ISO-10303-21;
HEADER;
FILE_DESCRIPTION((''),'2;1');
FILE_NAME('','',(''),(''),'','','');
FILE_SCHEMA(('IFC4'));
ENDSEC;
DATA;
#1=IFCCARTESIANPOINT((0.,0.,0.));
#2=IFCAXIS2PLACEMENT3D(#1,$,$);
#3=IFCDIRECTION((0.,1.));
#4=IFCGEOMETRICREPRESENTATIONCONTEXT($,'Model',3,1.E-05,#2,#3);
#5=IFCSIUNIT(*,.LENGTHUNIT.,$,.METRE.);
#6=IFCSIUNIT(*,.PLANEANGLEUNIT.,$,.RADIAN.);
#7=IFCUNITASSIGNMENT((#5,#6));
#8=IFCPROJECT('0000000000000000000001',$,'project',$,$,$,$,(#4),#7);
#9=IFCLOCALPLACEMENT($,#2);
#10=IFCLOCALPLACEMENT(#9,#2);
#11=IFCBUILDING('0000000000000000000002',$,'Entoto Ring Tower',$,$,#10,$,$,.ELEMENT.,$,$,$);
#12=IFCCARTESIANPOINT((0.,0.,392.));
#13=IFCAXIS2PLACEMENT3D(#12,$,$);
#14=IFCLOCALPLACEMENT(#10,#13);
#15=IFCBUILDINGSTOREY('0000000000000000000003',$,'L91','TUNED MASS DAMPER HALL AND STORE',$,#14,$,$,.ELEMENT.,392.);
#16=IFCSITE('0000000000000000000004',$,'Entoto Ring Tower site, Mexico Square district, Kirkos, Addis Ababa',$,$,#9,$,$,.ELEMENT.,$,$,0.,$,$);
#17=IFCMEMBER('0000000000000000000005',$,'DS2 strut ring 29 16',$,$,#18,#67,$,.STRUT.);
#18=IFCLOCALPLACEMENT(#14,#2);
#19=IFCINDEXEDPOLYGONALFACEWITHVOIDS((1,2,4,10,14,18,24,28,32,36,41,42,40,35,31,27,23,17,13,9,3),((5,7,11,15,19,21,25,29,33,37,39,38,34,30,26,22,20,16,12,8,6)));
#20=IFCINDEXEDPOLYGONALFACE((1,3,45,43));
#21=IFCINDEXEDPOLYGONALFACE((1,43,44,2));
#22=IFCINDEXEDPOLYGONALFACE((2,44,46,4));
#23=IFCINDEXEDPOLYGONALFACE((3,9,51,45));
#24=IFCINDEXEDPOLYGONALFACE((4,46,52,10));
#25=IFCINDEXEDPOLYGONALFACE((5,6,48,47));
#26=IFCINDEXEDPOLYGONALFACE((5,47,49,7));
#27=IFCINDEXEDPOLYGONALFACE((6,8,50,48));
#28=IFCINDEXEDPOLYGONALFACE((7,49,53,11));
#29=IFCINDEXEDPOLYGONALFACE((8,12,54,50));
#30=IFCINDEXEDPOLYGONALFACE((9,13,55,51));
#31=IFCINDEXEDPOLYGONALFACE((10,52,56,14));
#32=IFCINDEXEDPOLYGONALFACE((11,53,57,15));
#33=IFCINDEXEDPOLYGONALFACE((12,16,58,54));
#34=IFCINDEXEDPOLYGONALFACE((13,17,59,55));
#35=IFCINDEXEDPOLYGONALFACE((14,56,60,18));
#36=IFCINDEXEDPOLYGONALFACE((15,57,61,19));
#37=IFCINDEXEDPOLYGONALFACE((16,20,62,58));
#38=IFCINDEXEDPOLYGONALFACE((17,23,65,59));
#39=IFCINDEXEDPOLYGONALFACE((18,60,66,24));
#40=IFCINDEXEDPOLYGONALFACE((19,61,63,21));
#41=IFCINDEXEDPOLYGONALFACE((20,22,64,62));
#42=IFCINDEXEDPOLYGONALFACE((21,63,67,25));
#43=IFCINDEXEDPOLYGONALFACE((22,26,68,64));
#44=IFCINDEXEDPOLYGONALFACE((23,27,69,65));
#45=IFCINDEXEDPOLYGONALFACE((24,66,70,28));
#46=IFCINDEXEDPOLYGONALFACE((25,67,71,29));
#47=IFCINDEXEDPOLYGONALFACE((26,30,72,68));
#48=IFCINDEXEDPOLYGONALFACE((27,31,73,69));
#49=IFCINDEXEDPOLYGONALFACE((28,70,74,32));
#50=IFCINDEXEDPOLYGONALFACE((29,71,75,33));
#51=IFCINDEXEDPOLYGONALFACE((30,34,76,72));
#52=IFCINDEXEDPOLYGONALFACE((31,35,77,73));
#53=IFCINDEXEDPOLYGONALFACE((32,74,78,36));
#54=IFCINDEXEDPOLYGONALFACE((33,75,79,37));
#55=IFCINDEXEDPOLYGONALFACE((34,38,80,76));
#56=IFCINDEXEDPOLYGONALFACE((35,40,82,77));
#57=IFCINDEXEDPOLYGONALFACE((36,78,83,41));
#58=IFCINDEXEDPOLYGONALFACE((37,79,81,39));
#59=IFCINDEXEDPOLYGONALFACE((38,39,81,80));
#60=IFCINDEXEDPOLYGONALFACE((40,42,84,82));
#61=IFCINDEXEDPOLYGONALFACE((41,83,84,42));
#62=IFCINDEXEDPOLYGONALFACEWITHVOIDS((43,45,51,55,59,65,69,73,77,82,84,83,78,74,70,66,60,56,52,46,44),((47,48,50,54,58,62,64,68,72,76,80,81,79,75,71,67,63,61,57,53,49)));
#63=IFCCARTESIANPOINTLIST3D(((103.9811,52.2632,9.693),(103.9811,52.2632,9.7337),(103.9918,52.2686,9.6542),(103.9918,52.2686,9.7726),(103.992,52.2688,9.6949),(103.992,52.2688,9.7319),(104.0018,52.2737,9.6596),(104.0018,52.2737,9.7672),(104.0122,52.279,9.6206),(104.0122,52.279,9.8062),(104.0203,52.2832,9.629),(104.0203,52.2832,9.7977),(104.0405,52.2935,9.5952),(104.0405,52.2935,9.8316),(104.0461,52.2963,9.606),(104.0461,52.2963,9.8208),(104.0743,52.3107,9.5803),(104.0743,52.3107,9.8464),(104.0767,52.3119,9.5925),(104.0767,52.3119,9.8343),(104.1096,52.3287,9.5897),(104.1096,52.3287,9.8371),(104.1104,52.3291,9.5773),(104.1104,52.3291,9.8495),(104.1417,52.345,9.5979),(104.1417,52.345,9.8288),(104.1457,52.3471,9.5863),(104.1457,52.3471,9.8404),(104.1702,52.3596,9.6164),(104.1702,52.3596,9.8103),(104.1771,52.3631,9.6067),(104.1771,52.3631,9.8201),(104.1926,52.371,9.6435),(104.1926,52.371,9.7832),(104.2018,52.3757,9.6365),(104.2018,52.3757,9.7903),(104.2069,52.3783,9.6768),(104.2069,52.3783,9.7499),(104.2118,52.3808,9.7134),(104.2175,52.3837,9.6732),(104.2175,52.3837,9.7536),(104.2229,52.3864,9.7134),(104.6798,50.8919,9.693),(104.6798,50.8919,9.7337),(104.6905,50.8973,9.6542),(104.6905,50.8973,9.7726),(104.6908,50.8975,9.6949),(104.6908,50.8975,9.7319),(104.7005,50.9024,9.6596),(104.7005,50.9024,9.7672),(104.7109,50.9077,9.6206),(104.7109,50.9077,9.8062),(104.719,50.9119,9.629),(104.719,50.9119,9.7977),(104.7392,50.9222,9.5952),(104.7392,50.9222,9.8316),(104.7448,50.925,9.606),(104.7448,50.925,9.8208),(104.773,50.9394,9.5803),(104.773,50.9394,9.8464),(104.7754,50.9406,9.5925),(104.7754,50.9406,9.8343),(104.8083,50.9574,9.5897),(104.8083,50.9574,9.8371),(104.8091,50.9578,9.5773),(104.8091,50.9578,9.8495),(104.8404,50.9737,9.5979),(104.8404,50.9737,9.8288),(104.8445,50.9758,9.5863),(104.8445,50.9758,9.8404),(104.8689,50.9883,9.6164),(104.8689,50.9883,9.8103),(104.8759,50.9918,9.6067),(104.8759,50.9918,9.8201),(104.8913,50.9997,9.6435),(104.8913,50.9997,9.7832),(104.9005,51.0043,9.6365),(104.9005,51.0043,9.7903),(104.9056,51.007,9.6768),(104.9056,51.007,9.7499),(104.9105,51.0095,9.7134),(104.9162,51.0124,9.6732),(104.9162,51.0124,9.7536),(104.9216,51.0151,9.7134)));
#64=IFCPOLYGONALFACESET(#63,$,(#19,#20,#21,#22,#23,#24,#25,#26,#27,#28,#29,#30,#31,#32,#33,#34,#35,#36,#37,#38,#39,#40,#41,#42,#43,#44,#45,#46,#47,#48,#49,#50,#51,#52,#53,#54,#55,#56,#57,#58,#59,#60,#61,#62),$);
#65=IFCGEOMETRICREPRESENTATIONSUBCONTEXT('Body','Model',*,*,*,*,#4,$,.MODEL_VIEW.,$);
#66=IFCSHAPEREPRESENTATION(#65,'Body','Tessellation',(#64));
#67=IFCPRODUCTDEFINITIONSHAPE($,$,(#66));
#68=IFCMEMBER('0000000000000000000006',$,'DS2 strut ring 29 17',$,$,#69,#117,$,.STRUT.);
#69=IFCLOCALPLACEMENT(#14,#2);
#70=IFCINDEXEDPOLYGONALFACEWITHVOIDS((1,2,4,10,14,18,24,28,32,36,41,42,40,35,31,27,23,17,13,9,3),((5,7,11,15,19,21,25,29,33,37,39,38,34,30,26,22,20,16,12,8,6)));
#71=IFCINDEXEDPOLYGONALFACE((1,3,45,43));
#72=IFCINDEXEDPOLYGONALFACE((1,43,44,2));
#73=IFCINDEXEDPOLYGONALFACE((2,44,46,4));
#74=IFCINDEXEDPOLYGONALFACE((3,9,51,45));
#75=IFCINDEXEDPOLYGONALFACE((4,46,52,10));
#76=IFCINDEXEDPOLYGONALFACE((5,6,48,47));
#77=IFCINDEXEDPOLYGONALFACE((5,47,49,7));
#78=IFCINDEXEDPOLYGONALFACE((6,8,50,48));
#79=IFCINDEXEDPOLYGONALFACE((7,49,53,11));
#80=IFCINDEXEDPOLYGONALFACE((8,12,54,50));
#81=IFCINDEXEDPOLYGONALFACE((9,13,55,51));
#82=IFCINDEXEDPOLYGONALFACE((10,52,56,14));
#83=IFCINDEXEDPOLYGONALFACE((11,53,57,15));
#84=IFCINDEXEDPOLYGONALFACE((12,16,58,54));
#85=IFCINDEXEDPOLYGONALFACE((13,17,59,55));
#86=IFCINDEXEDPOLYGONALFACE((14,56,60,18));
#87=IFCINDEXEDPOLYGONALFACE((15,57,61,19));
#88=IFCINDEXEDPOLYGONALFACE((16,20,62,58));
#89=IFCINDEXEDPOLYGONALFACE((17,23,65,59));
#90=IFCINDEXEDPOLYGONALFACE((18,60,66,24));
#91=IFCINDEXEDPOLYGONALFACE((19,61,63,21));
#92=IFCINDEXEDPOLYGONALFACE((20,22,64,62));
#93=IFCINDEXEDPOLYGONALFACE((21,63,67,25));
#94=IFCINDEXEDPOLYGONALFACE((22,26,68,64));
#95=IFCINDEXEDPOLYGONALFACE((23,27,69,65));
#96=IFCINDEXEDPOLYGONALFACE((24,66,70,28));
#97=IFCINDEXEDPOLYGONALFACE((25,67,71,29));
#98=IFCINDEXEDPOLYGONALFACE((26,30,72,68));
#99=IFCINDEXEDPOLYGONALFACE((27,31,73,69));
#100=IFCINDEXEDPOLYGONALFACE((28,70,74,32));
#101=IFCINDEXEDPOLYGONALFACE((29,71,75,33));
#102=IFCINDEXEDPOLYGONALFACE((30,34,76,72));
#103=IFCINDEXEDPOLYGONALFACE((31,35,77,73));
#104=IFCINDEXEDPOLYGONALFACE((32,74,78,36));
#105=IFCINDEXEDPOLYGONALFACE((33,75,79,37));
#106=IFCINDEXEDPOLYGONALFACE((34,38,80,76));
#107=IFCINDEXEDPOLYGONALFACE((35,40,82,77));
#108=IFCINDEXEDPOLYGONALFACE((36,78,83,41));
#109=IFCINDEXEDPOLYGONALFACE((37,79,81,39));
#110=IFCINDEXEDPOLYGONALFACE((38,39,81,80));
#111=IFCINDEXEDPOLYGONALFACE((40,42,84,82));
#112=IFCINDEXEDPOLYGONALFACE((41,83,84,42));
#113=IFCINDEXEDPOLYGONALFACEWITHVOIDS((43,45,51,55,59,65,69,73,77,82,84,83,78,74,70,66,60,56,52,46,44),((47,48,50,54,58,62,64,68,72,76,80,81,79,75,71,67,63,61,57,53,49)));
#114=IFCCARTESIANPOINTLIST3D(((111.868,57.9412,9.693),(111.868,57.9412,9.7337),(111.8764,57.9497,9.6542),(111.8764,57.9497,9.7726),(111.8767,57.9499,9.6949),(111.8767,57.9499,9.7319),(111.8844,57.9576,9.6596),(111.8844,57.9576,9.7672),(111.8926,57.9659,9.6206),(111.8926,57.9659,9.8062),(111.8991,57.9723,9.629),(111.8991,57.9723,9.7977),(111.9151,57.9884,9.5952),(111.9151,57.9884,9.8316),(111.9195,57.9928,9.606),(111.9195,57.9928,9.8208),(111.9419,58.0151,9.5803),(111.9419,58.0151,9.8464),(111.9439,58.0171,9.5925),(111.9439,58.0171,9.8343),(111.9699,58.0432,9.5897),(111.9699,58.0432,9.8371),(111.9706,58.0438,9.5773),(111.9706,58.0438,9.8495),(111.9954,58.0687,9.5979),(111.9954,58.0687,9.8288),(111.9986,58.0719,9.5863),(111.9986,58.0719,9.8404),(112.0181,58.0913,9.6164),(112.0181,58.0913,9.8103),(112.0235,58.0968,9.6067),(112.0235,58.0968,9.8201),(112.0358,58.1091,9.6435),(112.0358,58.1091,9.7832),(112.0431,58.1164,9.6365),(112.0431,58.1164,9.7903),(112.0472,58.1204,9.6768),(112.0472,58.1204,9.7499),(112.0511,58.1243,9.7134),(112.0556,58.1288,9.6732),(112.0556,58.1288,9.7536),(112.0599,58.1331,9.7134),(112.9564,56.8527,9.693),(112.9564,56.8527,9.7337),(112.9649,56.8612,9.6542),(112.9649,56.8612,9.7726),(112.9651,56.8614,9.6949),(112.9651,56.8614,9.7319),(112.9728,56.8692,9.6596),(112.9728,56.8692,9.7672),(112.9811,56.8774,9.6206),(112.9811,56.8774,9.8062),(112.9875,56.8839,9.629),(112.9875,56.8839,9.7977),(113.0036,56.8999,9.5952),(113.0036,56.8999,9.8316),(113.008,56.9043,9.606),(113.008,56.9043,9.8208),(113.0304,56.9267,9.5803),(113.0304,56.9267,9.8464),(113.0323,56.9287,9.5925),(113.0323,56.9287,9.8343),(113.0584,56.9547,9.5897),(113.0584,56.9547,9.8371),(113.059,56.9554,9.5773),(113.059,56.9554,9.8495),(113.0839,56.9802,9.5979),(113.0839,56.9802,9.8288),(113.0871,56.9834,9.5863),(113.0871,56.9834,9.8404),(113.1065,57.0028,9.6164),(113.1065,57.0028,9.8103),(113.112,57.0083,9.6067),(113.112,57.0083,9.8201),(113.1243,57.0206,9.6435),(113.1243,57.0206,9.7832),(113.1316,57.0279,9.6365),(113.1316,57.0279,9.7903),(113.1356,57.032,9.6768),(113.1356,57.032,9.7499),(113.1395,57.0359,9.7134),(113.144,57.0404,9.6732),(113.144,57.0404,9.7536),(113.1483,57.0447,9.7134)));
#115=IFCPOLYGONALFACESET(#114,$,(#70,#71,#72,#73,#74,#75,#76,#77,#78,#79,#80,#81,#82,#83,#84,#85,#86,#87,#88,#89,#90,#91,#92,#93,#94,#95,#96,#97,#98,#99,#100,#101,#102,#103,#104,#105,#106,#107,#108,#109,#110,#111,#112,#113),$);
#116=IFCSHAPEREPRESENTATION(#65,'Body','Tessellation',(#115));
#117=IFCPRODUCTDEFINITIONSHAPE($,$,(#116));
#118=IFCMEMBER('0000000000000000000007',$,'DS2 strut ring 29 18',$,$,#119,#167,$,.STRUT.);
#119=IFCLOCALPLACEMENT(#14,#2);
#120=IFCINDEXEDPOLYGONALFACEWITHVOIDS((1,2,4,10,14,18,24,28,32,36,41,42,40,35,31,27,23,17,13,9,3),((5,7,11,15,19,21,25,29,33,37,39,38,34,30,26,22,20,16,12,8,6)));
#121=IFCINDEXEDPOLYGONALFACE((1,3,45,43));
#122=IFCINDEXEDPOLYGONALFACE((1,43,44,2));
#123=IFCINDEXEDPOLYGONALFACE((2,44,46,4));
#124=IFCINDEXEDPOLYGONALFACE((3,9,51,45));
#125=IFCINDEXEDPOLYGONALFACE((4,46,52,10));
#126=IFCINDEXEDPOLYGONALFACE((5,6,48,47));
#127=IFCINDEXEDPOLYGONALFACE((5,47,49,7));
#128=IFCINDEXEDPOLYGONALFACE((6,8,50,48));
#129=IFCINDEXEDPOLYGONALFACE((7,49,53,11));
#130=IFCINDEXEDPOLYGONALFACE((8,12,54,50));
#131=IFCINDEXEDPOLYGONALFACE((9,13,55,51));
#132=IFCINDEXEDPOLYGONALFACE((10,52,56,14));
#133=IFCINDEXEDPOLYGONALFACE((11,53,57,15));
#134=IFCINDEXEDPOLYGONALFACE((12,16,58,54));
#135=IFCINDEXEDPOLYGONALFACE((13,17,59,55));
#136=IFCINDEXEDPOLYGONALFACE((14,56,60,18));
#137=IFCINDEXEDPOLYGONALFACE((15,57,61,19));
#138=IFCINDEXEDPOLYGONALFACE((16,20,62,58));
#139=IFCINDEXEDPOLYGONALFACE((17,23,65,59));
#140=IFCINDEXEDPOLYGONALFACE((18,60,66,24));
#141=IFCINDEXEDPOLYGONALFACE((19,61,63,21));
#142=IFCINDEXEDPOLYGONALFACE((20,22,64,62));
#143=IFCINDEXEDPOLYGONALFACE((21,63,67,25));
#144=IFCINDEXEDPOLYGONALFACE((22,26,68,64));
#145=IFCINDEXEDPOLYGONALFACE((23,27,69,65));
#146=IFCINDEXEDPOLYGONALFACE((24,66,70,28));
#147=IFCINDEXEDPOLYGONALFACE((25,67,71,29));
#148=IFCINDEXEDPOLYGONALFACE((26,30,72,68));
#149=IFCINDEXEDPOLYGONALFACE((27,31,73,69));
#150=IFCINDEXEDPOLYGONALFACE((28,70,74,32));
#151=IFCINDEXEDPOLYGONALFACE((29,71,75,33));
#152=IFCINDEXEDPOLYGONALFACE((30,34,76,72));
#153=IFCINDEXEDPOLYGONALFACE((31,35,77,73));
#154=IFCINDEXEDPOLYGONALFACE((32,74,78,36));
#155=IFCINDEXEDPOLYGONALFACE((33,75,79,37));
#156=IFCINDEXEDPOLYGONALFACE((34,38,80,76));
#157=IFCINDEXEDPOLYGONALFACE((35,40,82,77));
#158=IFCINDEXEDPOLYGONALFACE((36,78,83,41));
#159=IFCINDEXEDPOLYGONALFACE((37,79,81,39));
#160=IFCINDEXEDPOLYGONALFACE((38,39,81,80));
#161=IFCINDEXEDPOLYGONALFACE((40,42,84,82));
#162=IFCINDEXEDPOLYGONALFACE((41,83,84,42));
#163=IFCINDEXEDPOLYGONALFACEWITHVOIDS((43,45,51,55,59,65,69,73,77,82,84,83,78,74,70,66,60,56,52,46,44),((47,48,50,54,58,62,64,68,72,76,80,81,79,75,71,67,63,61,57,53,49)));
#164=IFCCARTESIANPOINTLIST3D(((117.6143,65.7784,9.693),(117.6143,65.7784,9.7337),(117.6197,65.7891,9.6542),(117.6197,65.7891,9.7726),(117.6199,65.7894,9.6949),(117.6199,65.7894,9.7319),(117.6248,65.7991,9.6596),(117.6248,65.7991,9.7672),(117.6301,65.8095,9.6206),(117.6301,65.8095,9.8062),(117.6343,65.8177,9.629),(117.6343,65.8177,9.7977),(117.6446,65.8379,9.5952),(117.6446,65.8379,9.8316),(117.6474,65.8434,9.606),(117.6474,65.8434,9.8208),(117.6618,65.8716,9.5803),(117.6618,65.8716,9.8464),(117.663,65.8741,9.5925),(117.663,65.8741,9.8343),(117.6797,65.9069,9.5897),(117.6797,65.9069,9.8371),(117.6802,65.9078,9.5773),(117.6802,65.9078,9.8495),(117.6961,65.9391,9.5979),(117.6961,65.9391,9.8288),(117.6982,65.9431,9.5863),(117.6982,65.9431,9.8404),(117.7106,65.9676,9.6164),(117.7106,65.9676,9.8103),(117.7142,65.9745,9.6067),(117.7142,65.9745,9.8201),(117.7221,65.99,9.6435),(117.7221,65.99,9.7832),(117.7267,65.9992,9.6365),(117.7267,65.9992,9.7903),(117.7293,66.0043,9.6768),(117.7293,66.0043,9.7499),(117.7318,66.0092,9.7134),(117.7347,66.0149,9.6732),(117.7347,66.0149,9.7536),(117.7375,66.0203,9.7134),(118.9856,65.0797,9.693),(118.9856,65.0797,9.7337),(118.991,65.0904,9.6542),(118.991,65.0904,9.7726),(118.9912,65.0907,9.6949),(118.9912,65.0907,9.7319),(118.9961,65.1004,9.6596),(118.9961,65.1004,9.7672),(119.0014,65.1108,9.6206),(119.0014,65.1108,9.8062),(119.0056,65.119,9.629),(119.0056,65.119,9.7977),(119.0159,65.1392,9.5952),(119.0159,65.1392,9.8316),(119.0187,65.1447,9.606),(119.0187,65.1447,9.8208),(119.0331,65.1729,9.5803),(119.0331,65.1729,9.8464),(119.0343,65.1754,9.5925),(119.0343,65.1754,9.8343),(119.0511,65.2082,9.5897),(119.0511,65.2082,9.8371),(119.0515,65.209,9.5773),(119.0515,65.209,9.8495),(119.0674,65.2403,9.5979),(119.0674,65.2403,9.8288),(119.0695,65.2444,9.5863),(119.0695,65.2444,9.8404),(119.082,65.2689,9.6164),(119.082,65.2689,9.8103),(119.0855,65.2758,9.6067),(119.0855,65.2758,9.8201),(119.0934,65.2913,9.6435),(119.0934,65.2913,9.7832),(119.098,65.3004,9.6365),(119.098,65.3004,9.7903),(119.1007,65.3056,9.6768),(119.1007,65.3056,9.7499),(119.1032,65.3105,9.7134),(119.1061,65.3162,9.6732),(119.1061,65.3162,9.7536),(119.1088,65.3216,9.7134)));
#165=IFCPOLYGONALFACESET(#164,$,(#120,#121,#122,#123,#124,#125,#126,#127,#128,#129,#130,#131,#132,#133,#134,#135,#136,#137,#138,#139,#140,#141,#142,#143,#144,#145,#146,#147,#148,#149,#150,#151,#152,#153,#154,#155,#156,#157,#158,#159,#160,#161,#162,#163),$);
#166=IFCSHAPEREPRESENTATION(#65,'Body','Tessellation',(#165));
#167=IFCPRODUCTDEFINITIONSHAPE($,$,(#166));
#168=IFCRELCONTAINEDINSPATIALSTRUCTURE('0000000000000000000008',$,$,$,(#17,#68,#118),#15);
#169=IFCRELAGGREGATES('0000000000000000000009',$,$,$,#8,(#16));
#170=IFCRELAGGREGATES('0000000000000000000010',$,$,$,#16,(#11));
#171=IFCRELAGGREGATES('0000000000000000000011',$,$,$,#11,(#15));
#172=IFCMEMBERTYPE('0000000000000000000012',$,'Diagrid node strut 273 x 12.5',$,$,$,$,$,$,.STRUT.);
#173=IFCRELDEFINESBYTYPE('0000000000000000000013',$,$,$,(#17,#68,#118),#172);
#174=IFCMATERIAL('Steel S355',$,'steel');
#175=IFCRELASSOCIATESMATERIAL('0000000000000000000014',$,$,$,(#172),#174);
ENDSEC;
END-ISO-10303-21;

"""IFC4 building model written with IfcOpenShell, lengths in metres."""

from ifc_helpers import new_model, si_unit, direction, frame, origin, origin_2d, place, context, subcontext, project, spatial, circle, hollow_circle, extrude, material, material_profile, profile_set, type_object, element, save


model = new_model("IFC4")

# Units and contexts
model_context = context("Model", 3, precision=1e-05, world=origin(), true_north=direction((0.0, 1.0)))
body_context = subcontext(model_context, "Body", "Model", "MODEL_VIEW")
ifc_project = project(units=[si_unit("LENGTHUNIT", "METRE"), si_unit("PLANEANGLEUNIT", "RADIAN")], contexts=[model_context])

# Site, building, storey
site_placement = place(None, origin())
site = spatial("IfcSite", under=ifc_project, at=site_placement, Name="Entoto Ring Tower site, Mexico Square district, Kirkos, Addis Ababa", CompositionType="ELEMENT", RefElevation=0.0)
building_placement = place(site_placement, origin())
building = spatial("IfcBuilding", under=site, at=building_placement, Name="Entoto Ring Tower", CompositionType="ELEMENT")
storey_placement = place(building_placement, frame((0.0, 0.0, 392.0)))
storey = spatial("IfcBuildingStorey", under=building, at=storey_placement, Name="L91", Description="TUNED MASS DAMPER HALL AND STORE", CompositionType="ELEMENT", Elevation=392.0)

# Members
ifc_material_1 = material(Name="Steel S355", Category="steel")
ifc_material_profile_1 = material_profile(ifc_material_1, hollow_circle(Radius=0.1365, WallThickness=0.0125, at=origin_2d()), Name="CHS 273 x 12.5")
ifc_material_2 = material(Name="Concrete C60/75", Category="concrete")
ifc_material_profile_2 = material_profile(ifc_material_2, circle(Radius=0.124, at=origin_2d()), Name="Concrete C60/75 infill")
ifc_profile_set_1 = profile_set([ifc_material_profile_1, ifc_material_profile_2], Name="Steel S355")
member_type_1 = type_object("IfcMemberType", Name="Diagrid node strut 273 x 12.5", PredefinedType="STRUT", material=ifc_profile_set_1)
member_1_placement = place(storey_placement, frame((104.1013, 52.3245, 9.7134), z_axis=(0.45399, -0.891007, 0.0), x_axis=(0.891007, 0.45399, 0.0)))
element("IfcMember", 1, at=member_1_placement, inside=storey, type_object=member_type_1, Name="DS2 strut ring 29 16", PredefinedType="STRUT", context=body_context, shape_type="SweptSolid", body=[
    extrude(hollow_circle(Radius=0.1365, WallThickness=0.0125, at=origin_2d()), origin(), (0.0, 0.0, 1.0), 1.5391),
])
member_2_placement = place(storey_placement, frame((111.9634, 58.0366, 9.7134), z_axis=(0.707107, -0.707107, 0.0), x_axis=(0.707107, 0.707107, 0.0)))
element("IfcMember", 2, at=member_2_placement, inside=storey, type_object=member_type_1, Name="DS2 strut ring 29 17", PredefinedType="STRUT", context=body_context, shape_type="SweptSolid", body=[
    extrude(hollow_circle(Radius=0.1365, WallThickness=0.0125, at=origin_2d()), origin(), (0.0, 0.0, 1.0), 1.5393),
])
member_3_placement = place(storey_placement, frame((117.6755, 65.8987, 9.7134), z_axis=(0.891007, -0.45399, 0.0), x_axis=(0.45399, 0.891007, 0.0)))
element("IfcMember", 3, at=member_3_placement, inside=storey, type_object=member_type_1, Name="DS2 strut ring 29 18", PredefinedType="STRUT", context=body_context, shape_type="SweptSolid", body=[
    extrude(hollow_circle(Radius=0.1365, WallThickness=0.0125, at=origin_2d()), origin(), (0.0, 0.0, 1.0), 1.5391),
])

save(model, "model.ifc")
